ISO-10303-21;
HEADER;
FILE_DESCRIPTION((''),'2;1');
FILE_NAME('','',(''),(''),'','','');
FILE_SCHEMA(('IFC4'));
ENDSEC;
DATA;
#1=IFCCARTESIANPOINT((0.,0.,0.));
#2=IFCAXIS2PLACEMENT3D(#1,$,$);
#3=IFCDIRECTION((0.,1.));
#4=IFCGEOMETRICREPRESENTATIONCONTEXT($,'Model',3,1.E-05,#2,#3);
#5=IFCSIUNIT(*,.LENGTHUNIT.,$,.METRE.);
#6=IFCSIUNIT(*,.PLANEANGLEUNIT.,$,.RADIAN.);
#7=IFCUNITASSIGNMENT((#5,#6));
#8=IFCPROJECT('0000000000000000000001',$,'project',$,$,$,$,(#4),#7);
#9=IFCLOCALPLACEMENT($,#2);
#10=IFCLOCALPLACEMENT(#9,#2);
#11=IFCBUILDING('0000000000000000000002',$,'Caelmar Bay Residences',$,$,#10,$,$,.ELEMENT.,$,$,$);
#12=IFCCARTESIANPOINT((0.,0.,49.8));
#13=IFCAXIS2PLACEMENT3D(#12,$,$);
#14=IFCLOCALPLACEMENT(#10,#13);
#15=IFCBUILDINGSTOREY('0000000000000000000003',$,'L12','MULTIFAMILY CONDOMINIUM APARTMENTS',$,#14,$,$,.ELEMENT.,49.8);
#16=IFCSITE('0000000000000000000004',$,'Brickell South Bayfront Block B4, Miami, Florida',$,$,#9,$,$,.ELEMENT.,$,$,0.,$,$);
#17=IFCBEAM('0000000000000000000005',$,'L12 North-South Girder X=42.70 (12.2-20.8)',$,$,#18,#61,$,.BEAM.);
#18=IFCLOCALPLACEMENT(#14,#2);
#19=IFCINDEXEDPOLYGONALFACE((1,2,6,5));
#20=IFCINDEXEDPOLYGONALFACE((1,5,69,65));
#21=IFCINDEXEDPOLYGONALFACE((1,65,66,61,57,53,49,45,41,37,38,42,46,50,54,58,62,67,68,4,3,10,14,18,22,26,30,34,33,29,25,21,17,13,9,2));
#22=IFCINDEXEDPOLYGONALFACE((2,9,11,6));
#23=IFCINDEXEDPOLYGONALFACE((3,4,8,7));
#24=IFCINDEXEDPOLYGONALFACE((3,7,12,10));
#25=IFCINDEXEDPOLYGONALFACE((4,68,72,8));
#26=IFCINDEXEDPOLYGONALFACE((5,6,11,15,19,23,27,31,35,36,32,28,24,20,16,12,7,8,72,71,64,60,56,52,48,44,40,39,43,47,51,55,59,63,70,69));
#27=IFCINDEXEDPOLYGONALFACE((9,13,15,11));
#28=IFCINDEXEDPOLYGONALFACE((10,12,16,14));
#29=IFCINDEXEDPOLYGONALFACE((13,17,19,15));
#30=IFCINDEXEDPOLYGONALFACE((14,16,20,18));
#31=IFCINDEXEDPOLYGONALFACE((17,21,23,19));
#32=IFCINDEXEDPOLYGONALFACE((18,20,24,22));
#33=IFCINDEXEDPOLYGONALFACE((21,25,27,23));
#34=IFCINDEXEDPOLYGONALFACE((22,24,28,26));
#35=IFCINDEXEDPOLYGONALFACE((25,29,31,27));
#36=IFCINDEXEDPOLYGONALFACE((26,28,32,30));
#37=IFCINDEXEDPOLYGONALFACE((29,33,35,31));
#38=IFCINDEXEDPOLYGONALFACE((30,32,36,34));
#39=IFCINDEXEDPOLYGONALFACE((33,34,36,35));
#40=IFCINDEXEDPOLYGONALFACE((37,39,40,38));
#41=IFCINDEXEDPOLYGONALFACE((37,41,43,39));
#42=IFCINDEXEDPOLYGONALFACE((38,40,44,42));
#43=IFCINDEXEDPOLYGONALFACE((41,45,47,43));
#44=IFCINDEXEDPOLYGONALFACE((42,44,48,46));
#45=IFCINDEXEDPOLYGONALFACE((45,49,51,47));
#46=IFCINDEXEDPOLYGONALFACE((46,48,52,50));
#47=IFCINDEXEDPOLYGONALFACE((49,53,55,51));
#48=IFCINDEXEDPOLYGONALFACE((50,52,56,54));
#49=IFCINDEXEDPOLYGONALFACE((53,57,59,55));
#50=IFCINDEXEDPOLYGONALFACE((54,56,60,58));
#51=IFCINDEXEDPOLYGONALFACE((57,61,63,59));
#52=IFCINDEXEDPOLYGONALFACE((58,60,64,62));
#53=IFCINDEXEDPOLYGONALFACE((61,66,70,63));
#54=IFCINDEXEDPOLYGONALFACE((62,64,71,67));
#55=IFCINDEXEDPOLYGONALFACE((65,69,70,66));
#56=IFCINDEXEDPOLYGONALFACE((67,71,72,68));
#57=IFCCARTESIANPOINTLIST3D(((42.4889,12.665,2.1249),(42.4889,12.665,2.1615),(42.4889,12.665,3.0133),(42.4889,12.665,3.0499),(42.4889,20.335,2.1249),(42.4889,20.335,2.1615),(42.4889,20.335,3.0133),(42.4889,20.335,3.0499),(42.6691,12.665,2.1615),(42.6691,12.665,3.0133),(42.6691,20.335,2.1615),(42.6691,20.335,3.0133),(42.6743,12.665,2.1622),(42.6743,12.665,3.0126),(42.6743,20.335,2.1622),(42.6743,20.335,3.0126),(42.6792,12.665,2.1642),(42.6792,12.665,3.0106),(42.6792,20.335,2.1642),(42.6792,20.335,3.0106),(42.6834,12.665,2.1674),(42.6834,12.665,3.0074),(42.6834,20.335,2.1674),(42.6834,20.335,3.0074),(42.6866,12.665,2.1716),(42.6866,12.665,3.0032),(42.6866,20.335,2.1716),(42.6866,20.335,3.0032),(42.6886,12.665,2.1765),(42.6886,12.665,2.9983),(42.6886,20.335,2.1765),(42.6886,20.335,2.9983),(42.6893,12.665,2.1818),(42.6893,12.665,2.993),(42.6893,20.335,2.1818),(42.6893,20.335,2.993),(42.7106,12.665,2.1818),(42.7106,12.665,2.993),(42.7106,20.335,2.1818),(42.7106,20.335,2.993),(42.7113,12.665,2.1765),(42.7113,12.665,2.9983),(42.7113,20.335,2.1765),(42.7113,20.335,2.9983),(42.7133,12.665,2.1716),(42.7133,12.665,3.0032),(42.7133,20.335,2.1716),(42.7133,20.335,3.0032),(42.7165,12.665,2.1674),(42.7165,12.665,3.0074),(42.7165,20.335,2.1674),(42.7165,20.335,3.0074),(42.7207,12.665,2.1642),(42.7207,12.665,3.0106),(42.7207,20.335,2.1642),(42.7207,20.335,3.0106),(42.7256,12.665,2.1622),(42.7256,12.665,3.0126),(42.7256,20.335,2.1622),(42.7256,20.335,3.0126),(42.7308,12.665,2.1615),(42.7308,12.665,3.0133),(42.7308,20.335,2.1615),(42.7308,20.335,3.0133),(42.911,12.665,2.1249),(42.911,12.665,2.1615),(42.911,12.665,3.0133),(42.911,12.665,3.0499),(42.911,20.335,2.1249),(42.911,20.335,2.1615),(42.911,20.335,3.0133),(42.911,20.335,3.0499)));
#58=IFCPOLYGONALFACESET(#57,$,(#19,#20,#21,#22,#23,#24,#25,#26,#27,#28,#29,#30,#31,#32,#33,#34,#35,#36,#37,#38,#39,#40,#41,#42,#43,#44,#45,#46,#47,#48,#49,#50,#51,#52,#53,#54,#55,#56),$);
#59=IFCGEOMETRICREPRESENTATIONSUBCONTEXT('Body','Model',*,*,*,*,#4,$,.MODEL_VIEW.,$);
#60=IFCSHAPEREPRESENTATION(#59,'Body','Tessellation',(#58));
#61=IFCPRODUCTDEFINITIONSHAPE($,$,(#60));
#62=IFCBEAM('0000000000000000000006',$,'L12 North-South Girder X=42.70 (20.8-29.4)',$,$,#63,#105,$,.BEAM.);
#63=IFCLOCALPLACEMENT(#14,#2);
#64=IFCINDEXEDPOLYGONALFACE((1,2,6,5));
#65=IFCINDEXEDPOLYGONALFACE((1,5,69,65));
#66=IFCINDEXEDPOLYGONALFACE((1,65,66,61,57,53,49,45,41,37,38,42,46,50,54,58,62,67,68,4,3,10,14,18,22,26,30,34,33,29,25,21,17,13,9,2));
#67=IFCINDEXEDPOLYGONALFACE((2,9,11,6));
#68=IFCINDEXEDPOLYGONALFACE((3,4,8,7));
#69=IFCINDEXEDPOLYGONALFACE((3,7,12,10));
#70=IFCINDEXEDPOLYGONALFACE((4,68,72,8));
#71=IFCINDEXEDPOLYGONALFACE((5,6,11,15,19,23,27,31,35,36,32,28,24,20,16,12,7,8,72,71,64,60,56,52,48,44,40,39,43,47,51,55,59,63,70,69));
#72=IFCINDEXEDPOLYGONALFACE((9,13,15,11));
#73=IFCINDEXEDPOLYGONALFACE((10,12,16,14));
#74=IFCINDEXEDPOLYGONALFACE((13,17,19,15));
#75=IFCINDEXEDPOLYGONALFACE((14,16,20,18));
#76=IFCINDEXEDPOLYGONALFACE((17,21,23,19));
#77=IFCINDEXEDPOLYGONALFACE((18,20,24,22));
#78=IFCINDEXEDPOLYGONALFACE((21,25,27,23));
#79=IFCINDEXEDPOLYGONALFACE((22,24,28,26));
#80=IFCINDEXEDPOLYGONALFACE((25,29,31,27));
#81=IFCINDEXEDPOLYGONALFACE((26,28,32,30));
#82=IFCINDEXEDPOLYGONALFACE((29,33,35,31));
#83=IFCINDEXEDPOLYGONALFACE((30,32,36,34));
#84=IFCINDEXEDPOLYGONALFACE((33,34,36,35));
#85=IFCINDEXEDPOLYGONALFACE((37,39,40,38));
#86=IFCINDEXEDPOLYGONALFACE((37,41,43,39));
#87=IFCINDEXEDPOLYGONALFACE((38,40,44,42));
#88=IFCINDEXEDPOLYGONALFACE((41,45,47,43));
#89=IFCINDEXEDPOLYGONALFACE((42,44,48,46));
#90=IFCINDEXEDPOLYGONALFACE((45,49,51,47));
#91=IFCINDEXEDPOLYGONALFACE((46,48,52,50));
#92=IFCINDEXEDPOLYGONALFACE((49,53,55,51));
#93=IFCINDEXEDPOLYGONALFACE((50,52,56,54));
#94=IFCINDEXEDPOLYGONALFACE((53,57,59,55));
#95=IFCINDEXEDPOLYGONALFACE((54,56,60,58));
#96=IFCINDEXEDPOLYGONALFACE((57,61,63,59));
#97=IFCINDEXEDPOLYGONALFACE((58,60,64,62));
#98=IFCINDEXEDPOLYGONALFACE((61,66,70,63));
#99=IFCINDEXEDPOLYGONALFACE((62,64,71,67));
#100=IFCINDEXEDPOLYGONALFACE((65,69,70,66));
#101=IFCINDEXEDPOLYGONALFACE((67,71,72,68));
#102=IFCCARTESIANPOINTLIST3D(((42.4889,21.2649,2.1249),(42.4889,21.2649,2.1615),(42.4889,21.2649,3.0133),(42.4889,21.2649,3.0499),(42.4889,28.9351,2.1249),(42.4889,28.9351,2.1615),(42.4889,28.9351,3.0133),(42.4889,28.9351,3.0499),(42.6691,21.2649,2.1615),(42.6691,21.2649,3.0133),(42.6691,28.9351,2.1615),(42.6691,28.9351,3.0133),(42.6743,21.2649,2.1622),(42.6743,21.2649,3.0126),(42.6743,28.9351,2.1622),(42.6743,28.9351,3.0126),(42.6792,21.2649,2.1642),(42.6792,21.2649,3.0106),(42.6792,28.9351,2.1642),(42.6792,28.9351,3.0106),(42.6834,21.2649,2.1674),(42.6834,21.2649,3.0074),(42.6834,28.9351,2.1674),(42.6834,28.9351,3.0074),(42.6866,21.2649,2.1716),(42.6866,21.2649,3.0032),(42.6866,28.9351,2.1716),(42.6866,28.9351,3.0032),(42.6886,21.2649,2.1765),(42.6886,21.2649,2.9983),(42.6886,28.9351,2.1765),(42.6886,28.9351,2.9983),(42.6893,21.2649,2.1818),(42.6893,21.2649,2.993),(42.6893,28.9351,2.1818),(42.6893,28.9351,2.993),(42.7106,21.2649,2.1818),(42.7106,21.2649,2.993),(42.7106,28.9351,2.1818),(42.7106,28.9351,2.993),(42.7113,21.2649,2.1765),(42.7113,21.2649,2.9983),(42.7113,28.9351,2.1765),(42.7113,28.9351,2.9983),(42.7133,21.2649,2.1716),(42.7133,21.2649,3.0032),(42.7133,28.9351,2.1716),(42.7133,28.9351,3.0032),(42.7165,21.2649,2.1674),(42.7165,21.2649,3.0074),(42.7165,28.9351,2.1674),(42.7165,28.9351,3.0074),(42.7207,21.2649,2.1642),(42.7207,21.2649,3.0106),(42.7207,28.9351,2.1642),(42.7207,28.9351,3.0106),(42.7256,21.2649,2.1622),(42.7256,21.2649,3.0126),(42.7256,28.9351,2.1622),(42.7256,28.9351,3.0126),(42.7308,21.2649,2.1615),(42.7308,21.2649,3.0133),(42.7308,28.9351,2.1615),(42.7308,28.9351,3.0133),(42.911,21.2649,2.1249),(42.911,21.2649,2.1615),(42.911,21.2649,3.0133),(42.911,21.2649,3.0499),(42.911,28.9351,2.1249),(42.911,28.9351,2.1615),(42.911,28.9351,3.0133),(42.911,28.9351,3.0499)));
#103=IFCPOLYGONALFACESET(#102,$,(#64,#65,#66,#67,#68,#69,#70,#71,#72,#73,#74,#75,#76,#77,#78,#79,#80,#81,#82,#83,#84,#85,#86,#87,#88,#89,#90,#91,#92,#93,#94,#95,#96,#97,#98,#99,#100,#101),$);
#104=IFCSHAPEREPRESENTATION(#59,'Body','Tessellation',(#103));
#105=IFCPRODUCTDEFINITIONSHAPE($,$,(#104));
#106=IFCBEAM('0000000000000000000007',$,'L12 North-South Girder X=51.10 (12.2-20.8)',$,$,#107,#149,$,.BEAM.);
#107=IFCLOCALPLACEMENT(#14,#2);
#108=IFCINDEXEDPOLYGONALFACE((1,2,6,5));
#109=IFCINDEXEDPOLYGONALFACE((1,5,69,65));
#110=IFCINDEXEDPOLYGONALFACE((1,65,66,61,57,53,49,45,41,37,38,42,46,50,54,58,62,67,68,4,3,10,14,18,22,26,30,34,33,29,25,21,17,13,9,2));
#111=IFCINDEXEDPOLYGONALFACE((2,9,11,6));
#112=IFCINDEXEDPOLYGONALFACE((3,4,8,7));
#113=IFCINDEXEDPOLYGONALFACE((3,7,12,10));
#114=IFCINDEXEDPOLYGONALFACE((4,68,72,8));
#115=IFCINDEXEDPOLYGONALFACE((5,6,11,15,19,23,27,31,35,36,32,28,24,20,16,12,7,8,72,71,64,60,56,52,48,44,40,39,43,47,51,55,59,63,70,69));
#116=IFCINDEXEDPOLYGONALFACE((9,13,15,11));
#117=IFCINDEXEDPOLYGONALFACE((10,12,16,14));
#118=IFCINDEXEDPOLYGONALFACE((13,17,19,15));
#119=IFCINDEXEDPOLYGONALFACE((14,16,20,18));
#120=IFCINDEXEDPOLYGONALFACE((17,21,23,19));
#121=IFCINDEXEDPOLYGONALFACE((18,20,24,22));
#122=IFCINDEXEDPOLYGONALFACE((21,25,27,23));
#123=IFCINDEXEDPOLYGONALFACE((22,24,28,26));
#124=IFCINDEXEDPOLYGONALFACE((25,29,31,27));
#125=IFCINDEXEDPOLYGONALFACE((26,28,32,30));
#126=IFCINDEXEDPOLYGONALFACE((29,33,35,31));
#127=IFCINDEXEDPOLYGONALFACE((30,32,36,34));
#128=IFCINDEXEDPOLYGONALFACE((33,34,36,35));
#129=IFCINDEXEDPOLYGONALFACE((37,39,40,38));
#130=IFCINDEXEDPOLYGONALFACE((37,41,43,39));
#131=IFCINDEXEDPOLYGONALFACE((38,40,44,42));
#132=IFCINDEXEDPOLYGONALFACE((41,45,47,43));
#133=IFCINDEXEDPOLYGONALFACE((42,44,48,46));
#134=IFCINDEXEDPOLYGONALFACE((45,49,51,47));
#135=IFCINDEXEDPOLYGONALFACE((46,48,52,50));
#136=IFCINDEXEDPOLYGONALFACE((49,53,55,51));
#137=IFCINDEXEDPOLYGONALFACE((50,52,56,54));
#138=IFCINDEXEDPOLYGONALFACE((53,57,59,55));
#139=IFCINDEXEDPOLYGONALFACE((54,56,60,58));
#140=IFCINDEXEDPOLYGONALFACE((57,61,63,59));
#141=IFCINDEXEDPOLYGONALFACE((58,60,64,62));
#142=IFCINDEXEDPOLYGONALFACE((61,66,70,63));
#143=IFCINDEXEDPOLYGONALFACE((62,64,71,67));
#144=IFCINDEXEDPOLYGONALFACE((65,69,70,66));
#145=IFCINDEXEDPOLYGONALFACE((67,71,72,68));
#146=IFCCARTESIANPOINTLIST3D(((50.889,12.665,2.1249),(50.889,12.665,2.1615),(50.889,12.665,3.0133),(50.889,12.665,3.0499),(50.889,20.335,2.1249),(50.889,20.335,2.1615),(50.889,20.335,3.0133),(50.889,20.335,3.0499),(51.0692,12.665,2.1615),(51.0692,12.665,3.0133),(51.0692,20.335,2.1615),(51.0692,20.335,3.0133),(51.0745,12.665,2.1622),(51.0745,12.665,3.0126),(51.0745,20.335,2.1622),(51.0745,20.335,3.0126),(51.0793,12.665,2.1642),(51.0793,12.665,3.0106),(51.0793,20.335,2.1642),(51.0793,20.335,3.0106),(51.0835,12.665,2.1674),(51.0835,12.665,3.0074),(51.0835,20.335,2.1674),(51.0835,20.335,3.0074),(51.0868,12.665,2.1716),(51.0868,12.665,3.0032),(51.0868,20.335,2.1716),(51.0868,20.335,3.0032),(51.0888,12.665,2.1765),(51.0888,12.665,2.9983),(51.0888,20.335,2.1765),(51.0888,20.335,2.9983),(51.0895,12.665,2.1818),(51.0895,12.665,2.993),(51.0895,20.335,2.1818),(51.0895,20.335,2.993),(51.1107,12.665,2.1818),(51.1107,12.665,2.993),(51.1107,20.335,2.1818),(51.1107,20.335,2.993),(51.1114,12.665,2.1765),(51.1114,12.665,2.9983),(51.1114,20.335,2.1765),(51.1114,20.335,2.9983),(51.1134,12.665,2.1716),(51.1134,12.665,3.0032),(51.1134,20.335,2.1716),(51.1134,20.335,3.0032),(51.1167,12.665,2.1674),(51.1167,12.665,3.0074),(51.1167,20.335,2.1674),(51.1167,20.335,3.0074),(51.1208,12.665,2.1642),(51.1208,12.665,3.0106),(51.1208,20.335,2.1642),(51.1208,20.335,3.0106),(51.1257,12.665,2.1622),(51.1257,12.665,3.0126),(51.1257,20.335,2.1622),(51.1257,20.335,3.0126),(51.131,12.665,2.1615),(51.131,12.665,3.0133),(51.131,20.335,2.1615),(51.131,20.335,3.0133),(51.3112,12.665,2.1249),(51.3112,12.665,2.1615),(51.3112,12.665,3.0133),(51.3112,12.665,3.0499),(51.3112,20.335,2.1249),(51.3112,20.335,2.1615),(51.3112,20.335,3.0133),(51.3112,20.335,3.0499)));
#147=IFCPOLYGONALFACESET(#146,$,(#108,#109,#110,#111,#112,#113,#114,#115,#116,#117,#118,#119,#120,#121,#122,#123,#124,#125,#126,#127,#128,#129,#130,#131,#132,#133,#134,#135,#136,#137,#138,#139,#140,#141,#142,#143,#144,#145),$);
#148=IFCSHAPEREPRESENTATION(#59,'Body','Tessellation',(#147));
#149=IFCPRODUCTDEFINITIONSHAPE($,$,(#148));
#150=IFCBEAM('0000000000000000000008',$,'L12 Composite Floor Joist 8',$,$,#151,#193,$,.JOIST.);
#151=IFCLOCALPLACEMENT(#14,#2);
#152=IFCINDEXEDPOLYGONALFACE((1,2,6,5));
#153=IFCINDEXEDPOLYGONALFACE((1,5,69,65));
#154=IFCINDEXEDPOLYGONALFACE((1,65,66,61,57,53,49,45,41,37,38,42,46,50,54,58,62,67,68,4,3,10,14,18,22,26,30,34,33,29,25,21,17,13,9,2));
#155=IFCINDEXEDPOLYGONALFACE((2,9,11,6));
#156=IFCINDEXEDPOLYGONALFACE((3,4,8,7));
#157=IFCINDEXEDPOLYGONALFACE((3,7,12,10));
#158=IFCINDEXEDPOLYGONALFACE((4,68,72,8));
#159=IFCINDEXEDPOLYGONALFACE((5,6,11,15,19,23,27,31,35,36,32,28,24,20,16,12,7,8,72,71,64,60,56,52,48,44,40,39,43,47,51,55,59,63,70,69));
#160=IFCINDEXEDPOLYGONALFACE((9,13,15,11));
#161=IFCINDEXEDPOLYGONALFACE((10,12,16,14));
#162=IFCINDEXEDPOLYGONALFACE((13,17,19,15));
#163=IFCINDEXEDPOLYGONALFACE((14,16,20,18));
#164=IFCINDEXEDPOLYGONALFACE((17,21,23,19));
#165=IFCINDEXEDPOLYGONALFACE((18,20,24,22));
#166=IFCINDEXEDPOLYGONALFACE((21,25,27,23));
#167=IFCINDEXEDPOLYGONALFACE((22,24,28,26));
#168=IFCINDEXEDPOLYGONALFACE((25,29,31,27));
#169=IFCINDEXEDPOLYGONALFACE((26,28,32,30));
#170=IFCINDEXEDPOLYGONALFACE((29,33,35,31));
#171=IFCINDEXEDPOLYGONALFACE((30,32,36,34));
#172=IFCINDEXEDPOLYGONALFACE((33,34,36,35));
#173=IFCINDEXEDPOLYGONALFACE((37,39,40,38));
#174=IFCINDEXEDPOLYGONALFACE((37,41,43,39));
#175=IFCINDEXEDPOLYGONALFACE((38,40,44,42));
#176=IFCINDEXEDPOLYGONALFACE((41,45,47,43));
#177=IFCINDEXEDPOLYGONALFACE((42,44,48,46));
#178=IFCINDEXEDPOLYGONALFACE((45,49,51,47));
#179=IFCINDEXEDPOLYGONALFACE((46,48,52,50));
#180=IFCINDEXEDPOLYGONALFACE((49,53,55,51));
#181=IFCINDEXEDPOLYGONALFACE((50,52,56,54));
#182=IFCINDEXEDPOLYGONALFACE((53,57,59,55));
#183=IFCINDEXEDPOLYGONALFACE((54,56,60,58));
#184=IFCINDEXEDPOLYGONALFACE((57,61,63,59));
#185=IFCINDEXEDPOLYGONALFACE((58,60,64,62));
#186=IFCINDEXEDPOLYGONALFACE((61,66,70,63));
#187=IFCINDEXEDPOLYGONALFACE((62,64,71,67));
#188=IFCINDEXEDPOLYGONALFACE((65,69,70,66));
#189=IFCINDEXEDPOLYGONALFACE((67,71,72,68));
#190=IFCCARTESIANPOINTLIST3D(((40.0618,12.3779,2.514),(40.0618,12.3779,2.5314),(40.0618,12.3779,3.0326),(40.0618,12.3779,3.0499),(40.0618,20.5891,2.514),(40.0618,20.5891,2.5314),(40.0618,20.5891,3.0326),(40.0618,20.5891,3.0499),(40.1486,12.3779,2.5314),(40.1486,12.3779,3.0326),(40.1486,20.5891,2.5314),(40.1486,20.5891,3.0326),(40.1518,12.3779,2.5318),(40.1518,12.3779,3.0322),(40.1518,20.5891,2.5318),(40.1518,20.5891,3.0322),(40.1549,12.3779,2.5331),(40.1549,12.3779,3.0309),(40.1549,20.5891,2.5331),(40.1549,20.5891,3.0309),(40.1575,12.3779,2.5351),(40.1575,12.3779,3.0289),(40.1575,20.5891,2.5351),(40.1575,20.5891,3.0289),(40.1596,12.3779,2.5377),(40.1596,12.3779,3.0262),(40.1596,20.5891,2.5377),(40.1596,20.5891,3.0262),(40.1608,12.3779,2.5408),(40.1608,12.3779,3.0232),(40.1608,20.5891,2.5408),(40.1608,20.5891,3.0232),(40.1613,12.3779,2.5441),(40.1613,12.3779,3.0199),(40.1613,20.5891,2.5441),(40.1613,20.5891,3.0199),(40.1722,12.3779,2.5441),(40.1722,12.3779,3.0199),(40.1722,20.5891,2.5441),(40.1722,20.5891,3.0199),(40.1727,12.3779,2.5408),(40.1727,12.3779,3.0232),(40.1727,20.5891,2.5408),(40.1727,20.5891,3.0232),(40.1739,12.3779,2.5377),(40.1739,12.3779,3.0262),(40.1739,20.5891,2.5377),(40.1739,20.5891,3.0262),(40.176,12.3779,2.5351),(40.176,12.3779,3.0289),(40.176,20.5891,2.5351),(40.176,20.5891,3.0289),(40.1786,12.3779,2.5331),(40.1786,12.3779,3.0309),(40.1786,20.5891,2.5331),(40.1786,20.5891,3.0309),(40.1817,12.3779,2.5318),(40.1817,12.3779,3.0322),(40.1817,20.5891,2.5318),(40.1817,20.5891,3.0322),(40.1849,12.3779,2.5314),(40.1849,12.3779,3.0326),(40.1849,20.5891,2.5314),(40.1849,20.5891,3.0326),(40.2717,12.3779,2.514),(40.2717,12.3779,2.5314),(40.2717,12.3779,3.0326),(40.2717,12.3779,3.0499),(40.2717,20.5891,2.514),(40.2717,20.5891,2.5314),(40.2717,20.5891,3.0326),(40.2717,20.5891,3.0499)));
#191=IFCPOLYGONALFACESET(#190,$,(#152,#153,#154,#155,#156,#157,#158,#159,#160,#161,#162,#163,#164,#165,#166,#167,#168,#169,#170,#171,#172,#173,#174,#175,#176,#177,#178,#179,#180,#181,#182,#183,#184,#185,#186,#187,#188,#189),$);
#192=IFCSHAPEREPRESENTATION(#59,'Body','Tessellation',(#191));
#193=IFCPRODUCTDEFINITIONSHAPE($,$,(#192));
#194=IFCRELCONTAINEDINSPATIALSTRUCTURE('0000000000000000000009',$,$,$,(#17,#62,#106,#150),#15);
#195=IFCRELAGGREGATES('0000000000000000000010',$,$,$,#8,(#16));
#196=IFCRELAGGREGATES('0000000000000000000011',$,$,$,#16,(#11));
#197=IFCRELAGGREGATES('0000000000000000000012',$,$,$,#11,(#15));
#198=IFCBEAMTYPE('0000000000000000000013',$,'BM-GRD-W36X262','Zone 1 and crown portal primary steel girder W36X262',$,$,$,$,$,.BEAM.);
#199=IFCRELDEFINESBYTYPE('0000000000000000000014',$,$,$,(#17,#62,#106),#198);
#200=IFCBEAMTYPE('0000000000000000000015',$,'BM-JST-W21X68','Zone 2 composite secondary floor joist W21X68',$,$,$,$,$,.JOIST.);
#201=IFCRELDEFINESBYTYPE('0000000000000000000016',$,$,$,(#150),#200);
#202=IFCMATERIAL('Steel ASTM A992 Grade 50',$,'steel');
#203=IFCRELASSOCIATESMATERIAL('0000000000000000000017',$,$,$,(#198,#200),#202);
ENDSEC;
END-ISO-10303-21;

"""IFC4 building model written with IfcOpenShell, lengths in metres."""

from ifc_helpers import new_model, si_unit, direction, frame, origin, origin_2d, place, context, subcontext, project, spatial, i_section, extrude, material, material_profile, profile_set, type_object, element, save


model = new_model("IFC4")

# Units and contexts
model_context = context("Model", 3, precision=1e-05, world=origin(), true_north=direction((0.0, 1.0)))
body_context = subcontext(model_context, "Body", "Model", "MODEL_VIEW")
ifc_project = project(units=[si_unit("LENGTHUNIT", "METRE"), si_unit("PLANEANGLEUNIT", "RADIAN")], contexts=[model_context])

# Site, building, storey
site_placement = place(None, origin())
site = spatial("IfcSite", under=ifc_project, at=site_placement, Name="Brickell South Bayfront Block B4, Miami, Florida", CompositionType="ELEMENT", RefElevation=0.0)
building_placement = place(site_placement, origin())
building = spatial("IfcBuilding", under=site, at=building_placement, Name="Caelmar Bay Residences", CompositionType="ELEMENT")
storey_placement = place(building_placement, frame((0.0, 0.0, 49.8)))
storey = spatial("IfcBuildingStorey", under=building, at=storey_placement, Name="L12", Description="MULTIFAMILY CONDOMINIUM APARTMENTS", CompositionType="ELEMENT", Elevation=49.8)

# Beams
ifc_material_1 = material(Name="Steel ASTM A992 Grade 50", Category="steel")
ifc_material_profile_1 = material_profile(ifc_material_1, i_section(OverallWidth=0.4221, OverallDepth=0.925, WebThickness=0.0212, FlangeThickness=0.0366, FilletRadius=0.0203, at=origin_2d()), Name="W36X262")
ifc_profile_set_1 = profile_set([ifc_material_profile_1], Name="Steel ASTM A992 Grade 50")
beam_type_1 = type_object("IfcBeamType", Name="BM-GRD-W36X262", Description="Zone 1 and crown portal primary steel girder W36X262", PredefinedType="BEAM", material=ifc_profile_set_1)
beam_1_placement = place(storey_placement, frame((42.7, 12.665, 2.5874), z_axis=(0.0, 1.0, 0.0), x_axis=(-1.0, 0.0, 0.0)))
element("IfcBeam", 1, at=beam_1_placement, inside=storey, type_object=beam_type_1, Name="L12 North-South Girder X=42.70 (12.2-20.8)", PredefinedType="BEAM", context=body_context, shape_type="SweptSolid", body=[
    extrude(i_section(OverallWidth=0.4221, OverallDepth=0.925, WebThickness=0.0212, FlangeThickness=0.0366, FilletRadius=0.0203, at=origin_2d()), origin(), (0.0, 0.0, 1.0), 7.6699),
])
beam_2_placement = place(storey_placement, frame((42.7, 21.2649, 2.5874), z_axis=(0.0, 1.0, 0.0), x_axis=(-1.0, 0.0, 0.0)))
element("IfcBeam", 2, at=beam_2_placement, inside=storey, type_object=beam_type_1, Name="L12 North-South Girder X=42.70 (20.8-29.4)", PredefinedType="BEAM", context=body_context, shape_type="SweptSolid", body=[
    extrude(i_section(OverallWidth=0.4221, OverallDepth=0.925, WebThickness=0.0212, FlangeThickness=0.0366, FilletRadius=0.0203, at=origin_2d()), origin(), (0.0, 0.0, 1.0), 7.6702),
])
beam_3_placement = place(storey_placement, frame((51.1001, 12.665, 2.5874), z_axis=(0.0, 1.0, 0.0), x_axis=(-1.0, 0.0, 0.0)))
element("IfcBeam", 3, at=beam_3_placement, inside=storey, type_object=beam_type_1, Name="L12 North-South Girder X=51.10 (12.2-20.8)", PredefinedType="BEAM", context=body_context, shape_type="SweptSolid", body=[
    extrude(i_section(OverallWidth=0.4221, OverallDepth=0.925, WebThickness=0.0212, FlangeThickness=0.0366, FilletRadius=0.0203, at=origin_2d()), origin(), (0.0, 0.0, 1.0), 7.6699),
])
ifc_material_profile_2 = material_profile(ifc_material_1, i_section(OverallWidth=0.21, OverallDepth=0.5359, WebThickness=0.011, FlangeThickness=0.0173, FilletRadius=0.0127, at=origin_2d()), Name="W21X68")
ifc_profile_set_2 = profile_set([ifc_material_profile_2], Name="Steel ASTM A992 Grade 50")
beam_type_2 = type_object("IfcBeamType", Name="BM-JST-W21X68", Description="Zone 2 composite secondary floor joist W21X68", PredefinedType="JOIST", material=ifc_profile_set_2)
for number, where, z_axis, x_axis, name in (
    (4, (40.1667, 12.3779, 2.782), (0.0, 1.0, 0.0), (-1.0, 0.0, 0.0), "L12 Composite Floor Joist 8"),
):
    element("IfcBeam", number, at=place(storey_placement, frame(where, z_axis=z_axis, x_axis=x_axis)), inside=storey, type_object=beam_type_2, Name=name, PredefinedType="JOIST", context=body_context, shape_type="SweptSolid", body=[
        extrude(i_section(OverallWidth=0.21, OverallDepth=0.5359, WebThickness=0.011, FlangeThickness=0.0173, FilletRadius=0.0127, at=origin_2d()), origin(), (0.0, 0.0, 1.0), 8.2112),
    ])

save(model, "model.ifc")
